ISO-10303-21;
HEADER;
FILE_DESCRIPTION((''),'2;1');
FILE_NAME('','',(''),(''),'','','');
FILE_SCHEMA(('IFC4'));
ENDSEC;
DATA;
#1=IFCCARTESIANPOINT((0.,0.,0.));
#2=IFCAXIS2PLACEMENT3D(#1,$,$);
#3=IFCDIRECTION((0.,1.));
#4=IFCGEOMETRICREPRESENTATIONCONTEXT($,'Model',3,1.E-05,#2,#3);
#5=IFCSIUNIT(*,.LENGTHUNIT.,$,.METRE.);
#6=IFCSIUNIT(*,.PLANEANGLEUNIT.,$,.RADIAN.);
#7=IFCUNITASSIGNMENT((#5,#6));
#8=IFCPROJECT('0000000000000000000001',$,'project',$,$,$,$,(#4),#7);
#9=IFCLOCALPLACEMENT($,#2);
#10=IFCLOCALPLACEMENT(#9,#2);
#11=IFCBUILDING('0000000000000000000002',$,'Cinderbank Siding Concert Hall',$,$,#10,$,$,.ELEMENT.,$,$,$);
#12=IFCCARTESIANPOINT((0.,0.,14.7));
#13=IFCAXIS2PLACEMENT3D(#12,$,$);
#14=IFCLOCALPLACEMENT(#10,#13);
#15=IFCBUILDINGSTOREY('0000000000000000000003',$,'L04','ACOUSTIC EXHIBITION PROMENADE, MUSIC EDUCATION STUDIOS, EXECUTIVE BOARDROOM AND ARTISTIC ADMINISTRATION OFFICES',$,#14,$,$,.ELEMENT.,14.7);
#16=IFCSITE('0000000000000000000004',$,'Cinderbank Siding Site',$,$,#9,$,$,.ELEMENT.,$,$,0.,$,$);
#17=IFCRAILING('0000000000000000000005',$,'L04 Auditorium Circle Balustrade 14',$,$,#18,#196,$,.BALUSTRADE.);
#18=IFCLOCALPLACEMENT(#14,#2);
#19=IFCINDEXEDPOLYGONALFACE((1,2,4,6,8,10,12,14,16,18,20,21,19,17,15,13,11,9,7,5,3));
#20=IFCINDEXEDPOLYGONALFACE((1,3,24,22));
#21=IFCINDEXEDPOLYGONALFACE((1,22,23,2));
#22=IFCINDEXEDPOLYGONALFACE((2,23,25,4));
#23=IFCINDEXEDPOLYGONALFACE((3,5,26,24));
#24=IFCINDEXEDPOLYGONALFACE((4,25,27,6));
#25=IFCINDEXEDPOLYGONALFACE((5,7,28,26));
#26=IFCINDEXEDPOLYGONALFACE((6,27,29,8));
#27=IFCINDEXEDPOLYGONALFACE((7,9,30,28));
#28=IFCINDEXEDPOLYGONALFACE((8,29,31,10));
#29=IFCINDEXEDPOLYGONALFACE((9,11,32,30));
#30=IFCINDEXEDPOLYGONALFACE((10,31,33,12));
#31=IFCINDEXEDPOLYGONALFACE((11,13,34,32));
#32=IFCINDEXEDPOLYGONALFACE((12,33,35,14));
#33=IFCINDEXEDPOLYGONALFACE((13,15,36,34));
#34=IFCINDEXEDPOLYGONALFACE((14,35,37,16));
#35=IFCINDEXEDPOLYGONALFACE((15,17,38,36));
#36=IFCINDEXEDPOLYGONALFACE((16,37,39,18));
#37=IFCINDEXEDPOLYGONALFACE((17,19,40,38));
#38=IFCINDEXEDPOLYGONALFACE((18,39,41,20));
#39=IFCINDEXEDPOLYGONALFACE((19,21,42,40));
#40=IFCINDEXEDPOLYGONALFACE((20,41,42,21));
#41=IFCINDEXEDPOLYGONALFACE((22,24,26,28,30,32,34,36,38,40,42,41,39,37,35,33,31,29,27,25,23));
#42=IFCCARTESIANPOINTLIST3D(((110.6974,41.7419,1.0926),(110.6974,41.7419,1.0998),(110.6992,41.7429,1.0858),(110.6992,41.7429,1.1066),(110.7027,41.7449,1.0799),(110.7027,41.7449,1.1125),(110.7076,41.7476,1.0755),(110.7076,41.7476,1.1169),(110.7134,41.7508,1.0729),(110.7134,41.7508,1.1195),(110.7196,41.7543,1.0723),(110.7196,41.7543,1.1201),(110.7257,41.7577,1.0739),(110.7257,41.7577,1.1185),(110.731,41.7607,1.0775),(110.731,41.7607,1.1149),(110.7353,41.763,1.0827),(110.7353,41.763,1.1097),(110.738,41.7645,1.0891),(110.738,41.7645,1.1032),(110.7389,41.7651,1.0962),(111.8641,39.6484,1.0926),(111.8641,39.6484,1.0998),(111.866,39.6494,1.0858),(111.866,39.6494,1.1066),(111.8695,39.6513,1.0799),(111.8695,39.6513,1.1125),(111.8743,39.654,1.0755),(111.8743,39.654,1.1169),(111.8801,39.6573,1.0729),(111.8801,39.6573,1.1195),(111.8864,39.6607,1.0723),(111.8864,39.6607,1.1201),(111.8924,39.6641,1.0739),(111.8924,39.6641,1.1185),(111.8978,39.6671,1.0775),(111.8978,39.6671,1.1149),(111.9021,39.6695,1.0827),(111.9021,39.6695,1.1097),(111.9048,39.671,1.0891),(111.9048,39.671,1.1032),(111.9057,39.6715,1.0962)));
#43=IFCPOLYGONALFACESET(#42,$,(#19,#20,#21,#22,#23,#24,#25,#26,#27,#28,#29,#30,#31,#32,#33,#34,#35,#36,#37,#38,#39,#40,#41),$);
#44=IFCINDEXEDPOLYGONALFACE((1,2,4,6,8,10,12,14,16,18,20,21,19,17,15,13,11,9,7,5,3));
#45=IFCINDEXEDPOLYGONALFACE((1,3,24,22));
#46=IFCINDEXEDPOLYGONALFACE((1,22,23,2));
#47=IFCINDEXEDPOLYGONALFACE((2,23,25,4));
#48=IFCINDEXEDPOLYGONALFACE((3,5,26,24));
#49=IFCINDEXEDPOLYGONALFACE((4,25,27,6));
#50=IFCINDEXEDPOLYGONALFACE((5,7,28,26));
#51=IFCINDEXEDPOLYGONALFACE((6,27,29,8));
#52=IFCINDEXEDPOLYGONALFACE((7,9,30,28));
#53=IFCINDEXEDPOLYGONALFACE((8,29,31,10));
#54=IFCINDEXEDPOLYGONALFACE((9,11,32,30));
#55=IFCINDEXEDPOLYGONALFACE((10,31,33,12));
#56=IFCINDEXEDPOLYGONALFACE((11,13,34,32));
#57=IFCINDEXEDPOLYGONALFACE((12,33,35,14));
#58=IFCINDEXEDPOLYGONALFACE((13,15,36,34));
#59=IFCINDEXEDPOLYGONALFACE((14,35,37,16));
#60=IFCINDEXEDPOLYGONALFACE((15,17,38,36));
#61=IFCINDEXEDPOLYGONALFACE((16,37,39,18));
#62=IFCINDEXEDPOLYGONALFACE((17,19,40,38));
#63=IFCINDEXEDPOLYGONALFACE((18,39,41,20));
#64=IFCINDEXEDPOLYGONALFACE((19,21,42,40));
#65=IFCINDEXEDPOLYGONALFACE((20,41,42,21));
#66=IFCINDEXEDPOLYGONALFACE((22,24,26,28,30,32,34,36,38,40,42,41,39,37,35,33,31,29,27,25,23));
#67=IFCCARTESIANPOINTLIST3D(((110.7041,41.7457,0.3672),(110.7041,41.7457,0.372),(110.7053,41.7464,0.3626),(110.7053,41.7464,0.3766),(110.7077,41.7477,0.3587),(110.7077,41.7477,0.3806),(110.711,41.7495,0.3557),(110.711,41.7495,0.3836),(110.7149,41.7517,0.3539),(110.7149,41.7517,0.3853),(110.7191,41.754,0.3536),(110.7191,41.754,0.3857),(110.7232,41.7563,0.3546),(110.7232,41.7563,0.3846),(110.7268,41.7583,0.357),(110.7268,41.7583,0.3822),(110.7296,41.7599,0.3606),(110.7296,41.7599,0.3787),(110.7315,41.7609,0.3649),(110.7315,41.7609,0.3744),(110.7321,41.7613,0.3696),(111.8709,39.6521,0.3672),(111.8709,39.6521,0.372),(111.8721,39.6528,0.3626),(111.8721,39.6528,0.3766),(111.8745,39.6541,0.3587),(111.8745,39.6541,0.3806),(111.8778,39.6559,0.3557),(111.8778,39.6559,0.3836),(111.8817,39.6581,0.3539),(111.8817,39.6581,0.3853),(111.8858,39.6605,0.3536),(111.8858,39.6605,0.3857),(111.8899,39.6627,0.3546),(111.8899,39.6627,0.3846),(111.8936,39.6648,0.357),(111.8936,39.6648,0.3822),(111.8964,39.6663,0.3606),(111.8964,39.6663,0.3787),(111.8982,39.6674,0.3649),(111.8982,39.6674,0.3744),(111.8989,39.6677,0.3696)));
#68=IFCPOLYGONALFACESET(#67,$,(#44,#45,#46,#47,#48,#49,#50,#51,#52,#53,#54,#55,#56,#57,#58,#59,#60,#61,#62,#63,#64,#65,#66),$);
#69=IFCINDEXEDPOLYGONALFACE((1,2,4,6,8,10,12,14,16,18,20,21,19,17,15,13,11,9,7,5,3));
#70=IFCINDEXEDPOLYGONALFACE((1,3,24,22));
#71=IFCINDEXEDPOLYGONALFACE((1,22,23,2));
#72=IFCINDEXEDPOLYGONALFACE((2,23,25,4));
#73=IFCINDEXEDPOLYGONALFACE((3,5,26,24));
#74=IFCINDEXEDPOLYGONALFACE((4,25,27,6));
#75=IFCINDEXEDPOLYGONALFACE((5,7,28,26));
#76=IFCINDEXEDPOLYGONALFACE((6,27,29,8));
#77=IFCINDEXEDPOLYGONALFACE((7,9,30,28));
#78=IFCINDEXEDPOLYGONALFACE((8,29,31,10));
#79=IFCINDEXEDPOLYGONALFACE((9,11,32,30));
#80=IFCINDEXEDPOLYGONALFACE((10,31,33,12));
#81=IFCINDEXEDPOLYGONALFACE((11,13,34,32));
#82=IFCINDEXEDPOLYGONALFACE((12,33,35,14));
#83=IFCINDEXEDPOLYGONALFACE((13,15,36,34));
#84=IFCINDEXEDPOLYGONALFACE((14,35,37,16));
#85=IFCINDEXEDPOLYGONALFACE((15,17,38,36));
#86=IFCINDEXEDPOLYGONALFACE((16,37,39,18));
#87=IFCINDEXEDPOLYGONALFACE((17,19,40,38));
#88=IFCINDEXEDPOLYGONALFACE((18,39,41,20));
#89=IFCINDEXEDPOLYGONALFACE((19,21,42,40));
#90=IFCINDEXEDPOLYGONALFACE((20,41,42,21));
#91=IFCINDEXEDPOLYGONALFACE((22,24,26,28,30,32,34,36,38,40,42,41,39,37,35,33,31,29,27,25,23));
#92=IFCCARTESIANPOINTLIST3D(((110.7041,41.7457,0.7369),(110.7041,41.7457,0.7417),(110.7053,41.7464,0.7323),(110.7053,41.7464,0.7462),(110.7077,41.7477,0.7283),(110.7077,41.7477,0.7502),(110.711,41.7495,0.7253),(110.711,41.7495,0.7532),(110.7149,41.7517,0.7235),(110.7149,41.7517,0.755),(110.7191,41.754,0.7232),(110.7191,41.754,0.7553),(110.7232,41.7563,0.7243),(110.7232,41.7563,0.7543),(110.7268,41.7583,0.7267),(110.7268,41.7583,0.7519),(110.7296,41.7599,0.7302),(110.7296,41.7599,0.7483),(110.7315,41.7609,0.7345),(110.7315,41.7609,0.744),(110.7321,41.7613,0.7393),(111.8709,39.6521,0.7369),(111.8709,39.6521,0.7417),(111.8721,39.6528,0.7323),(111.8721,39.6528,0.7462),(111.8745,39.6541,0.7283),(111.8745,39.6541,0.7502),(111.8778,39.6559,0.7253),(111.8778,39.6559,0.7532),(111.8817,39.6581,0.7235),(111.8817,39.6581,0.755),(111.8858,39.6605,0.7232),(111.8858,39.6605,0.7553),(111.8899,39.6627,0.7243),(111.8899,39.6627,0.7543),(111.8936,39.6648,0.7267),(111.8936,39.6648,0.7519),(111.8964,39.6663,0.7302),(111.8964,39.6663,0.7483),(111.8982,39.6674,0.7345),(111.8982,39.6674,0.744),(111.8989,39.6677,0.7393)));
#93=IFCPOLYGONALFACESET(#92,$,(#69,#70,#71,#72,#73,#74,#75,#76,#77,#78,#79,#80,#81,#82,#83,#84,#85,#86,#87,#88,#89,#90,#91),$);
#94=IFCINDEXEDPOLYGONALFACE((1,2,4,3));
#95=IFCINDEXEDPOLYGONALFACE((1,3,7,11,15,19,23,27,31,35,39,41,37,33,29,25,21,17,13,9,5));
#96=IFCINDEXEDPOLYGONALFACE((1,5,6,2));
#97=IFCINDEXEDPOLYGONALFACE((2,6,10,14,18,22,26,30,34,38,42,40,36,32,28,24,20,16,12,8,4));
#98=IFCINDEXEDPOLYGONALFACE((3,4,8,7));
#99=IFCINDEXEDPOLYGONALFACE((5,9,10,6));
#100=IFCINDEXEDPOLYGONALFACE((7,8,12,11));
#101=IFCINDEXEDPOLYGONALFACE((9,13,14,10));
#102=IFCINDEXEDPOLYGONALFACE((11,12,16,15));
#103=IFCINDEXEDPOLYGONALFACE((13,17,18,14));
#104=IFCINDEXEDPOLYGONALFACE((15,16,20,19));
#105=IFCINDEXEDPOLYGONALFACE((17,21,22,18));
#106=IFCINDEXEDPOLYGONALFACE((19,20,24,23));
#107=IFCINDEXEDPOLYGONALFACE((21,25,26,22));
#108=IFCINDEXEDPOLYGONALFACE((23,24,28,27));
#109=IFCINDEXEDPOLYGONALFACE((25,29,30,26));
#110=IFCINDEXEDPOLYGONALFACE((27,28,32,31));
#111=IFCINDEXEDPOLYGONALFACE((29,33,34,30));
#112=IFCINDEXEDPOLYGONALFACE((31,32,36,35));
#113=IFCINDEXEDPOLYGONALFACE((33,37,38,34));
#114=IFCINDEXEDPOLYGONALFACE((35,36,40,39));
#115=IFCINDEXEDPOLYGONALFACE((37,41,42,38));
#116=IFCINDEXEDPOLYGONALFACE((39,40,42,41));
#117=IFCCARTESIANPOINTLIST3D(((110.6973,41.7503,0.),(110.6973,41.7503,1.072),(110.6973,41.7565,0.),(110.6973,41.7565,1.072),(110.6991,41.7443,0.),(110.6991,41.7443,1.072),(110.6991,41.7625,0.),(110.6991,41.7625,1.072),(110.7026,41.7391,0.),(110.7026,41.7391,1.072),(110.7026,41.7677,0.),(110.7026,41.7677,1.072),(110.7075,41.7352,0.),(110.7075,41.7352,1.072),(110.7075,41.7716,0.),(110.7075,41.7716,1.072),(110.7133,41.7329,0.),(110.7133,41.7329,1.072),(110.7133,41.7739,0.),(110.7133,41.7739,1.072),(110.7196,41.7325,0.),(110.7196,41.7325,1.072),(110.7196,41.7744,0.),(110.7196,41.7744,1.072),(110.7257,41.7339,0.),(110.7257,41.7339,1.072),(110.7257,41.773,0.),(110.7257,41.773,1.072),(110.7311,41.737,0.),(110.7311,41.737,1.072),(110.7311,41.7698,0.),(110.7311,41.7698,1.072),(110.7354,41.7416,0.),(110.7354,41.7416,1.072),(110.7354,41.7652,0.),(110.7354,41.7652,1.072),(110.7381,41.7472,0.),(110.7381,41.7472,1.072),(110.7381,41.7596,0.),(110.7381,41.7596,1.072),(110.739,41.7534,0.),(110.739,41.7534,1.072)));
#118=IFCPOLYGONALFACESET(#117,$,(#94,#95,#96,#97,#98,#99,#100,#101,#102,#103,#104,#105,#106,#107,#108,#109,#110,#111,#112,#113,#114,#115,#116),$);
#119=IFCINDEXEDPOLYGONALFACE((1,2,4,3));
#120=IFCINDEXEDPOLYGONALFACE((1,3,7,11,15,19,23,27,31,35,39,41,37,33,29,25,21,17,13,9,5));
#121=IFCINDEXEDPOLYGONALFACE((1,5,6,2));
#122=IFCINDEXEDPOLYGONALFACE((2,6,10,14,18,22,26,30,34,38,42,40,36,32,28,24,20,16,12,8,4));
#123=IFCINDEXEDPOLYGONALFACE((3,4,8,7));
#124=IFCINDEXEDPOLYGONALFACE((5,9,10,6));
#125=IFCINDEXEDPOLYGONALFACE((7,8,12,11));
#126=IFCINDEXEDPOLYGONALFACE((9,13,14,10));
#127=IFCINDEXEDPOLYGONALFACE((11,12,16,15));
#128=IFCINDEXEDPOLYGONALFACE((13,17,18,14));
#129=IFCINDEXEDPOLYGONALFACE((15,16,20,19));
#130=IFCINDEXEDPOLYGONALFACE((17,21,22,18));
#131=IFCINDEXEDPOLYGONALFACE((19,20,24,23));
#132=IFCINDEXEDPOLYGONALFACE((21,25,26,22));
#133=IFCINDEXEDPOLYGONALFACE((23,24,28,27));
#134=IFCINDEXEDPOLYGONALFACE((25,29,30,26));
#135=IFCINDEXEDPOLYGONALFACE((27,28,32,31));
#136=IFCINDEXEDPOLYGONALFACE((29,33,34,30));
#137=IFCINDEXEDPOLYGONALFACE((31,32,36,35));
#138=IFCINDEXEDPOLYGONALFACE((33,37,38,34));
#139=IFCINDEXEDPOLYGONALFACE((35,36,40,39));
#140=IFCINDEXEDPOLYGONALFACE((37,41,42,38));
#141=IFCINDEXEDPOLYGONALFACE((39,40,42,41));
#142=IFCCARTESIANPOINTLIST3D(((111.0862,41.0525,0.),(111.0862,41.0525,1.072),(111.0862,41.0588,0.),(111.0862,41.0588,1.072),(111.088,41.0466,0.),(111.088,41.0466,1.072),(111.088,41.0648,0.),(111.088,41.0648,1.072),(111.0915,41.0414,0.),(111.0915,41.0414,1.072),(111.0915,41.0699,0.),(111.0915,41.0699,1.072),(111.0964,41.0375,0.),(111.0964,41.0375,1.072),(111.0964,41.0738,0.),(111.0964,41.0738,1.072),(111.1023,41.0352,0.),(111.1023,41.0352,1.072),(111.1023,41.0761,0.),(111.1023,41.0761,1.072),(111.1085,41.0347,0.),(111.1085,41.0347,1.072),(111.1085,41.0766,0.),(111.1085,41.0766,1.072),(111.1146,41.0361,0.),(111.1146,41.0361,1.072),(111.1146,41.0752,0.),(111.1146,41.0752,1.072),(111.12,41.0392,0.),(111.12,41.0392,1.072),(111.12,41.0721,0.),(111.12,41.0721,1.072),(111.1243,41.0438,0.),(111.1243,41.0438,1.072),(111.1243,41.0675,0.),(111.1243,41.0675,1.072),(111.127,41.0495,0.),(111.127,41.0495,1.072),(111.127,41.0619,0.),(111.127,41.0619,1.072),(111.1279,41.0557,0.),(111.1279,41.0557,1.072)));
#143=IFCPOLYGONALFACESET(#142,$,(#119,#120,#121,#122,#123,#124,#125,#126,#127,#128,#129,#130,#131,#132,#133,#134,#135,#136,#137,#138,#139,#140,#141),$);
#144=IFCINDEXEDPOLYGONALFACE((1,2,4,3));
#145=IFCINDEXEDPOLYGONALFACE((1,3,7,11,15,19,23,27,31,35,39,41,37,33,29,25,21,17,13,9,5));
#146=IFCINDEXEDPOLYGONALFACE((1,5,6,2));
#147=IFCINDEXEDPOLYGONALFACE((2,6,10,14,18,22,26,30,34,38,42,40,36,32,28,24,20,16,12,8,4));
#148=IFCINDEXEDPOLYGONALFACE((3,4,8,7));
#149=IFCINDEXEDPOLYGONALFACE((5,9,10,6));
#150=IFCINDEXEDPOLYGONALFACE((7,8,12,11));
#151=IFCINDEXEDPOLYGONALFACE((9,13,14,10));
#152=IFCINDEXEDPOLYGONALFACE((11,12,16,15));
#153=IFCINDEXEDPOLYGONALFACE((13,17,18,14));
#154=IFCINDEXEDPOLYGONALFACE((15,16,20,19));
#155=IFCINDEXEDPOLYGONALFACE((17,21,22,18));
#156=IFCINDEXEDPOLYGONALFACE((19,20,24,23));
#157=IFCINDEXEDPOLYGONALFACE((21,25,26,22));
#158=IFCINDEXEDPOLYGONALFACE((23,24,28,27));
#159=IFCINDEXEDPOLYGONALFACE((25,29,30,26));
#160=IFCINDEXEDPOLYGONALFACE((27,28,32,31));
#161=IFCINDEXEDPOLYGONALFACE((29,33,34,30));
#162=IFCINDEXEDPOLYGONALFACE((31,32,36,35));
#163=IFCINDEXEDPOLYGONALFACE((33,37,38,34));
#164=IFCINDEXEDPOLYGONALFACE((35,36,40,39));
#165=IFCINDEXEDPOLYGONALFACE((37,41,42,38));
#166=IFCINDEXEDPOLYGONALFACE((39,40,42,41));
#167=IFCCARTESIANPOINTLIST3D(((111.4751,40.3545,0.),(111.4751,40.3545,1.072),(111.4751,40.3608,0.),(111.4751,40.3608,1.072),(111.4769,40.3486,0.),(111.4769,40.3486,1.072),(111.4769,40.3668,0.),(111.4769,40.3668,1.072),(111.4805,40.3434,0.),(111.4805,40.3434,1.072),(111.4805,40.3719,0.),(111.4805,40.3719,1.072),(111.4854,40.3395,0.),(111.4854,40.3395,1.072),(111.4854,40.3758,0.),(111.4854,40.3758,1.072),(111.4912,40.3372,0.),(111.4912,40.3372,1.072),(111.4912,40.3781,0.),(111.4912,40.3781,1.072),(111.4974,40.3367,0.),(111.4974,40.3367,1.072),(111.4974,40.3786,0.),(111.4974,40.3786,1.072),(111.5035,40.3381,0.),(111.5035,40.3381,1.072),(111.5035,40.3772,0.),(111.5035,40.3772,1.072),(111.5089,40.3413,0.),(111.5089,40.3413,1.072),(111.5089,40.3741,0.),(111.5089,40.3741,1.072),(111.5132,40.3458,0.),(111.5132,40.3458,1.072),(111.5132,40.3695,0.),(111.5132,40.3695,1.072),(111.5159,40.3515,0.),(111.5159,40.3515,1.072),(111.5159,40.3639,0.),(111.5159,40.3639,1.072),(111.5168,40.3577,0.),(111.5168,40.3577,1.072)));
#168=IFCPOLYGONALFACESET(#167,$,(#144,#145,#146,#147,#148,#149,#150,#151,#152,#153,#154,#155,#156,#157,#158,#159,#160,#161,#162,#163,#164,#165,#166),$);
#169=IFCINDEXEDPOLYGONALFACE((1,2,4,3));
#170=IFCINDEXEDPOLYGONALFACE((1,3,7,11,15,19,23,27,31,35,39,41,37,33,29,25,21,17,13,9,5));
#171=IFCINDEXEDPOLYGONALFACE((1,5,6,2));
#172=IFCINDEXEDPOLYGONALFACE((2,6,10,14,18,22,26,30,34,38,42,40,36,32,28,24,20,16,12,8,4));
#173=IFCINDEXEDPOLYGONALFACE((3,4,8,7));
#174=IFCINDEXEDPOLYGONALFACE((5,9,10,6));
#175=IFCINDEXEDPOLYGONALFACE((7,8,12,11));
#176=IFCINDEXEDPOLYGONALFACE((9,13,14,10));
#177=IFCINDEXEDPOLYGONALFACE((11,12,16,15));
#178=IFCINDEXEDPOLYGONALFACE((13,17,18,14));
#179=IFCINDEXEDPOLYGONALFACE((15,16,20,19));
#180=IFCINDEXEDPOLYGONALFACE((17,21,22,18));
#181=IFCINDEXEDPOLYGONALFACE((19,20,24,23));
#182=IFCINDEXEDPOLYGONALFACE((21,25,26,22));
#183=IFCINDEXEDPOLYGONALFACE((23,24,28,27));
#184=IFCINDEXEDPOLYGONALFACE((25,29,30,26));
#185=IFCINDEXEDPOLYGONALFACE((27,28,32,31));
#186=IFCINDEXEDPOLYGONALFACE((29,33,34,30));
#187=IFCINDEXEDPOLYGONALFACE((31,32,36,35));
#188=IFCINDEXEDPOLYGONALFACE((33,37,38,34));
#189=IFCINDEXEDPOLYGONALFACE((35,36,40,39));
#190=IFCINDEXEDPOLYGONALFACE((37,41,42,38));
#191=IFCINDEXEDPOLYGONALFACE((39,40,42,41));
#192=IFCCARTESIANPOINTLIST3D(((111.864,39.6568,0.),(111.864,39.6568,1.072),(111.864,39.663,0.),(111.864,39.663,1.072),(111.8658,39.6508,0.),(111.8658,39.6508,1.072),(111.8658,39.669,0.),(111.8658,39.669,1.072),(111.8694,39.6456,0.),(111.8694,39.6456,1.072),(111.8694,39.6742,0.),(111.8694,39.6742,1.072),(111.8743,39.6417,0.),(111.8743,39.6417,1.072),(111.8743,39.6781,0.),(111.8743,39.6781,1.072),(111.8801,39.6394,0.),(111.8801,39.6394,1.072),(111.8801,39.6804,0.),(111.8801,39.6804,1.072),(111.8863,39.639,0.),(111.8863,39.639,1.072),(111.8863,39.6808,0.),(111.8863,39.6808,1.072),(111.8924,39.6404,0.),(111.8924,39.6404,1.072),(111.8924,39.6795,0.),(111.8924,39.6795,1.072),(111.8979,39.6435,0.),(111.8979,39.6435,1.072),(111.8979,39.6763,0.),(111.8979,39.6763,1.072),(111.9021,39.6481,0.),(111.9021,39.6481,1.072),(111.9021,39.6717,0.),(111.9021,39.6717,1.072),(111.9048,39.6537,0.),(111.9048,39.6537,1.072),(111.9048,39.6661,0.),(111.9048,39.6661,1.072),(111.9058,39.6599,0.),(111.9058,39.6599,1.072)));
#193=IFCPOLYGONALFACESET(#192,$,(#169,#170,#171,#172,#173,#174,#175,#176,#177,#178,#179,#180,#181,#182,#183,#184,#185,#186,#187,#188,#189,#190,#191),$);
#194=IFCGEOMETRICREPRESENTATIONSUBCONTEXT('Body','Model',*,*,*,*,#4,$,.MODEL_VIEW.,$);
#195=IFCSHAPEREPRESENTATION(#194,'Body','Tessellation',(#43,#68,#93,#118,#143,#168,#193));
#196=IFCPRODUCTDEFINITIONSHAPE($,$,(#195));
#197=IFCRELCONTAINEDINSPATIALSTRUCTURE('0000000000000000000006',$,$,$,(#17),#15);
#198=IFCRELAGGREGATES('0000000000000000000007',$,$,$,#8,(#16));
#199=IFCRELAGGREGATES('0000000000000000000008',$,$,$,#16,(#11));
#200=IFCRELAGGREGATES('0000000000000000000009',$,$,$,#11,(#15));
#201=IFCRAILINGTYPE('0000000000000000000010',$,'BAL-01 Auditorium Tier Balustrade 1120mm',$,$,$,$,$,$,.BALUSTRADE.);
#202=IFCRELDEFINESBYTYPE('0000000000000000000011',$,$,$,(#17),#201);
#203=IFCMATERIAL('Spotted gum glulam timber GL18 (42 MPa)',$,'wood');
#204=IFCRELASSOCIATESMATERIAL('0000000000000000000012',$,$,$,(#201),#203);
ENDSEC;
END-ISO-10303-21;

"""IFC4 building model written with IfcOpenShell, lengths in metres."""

from ifc_helpers import new_model, si_unit, direction, frame, origin, origin_2d, place, context, subcontext, project, spatial, circle, extrude, material, type_object, element, save


model = new_model("IFC4")

# Units and contexts
model_context = context("Model", 3, precision=1e-05, world=origin(), true_north=direction((0.0, 1.0)))
body_context = subcontext(model_context, "Body", "Model", "MODEL_VIEW")
ifc_project = project(units=[si_unit("LENGTHUNIT", "METRE"), si_unit("PLANEANGLEUNIT", "RADIAN")], contexts=[model_context])

# Site, building, storey
site_placement = place(None, origin())
site = spatial("IfcSite", under=ifc_project, at=site_placement, Name="Cinderbank Siding Site", CompositionType="ELEMENT", RefElevation=0.0)
building_placement = place(site_placement, origin())
building = spatial("IfcBuilding", under=site, at=building_placement, Name="Cinderbank Siding Concert Hall", CompositionType="ELEMENT")
storey_placement = place(building_placement, frame((0.0, 0.0, 14.7)))
storey = spatial("IfcBuildingStorey", under=building, at=storey_placement, Name="L04", Description="ACOUSTIC EXHIBITION PROMENADE, MUSIC EDUCATION STUDIOS, EXECUTIVE BOARDROOM AND ARTISTIC ADMINISTRATION OFFICES", CompositionType="ELEMENT", Elevation=14.7)

# Shared definitions
ifc_material_1 = material(Name="Spotted gum glulam timber GL18 (42 MPa)", Category="wood")

# Railing
railing_type = type_object("IfcRailingType", Name="BAL-01 Auditorium Tier Balustrade 1120mm", PredefinedType="BALUSTRADE", material=ifc_material_1)
railing_1_placement = place(storey_placement, frame((110.718, 41.7534, 0.0)))
element("IfcRailing", 1, at=railing_1_placement, inside=storey, type_object=railing_type, Name="L04 Auditorium Circle Balustrade 14", PredefinedType="BALUSTRADE", context=body_context, shape_type="SweptSolid", body=[
    extrude(circle(Radius=0.0239, at=origin_2d()), frame((0.0, 0.0, 1.0962), z_axis=(0.486819, -0.873503, 0.0), x_axis=(0.873503, 0.486819, 0.0)), (0.0, 0.0, 1.0), 2.3967),
    extrude(circle(Radius=0.0161, at=origin_2d()), frame((0.0, 0.0, 0.3696), z_axis=(0.486819, -0.873503, 0.0), x_axis=(0.873503, 0.486819, 0.0)), (0.0, 0.0, 1.0), 2.3967),
    extrude(circle(Radius=0.0161, at=origin_2d()), frame((0.0, 0.0, 0.7393), z_axis=(0.486819, -0.873503, 0.0), x_axis=(0.873503, 0.486819, 0.0)), (0.0, 0.0, 1.0), 2.3967),
    extrude(circle(Radius=0.021, at=origin_2d()), origin(), (0.0, 0.0, 1.0), 1.072),
    extrude(circle(Radius=0.021, at=origin_2d()), frame((0.3889, -0.6978, 0.0)), (0.0, 0.0, 1.0), 1.072),
    extrude(circle(Radius=0.021, at=origin_2d()), frame((0.7778, -1.3958, 0.0)), (0.0, 0.0, 1.0), 1.072),
    extrude(circle(Radius=0.021, at=origin_2d()), frame((1.1667, -2.0935, 0.0)), (0.0, 0.0, 1.0), 1.072),
])

save(model, "model.ifc")
